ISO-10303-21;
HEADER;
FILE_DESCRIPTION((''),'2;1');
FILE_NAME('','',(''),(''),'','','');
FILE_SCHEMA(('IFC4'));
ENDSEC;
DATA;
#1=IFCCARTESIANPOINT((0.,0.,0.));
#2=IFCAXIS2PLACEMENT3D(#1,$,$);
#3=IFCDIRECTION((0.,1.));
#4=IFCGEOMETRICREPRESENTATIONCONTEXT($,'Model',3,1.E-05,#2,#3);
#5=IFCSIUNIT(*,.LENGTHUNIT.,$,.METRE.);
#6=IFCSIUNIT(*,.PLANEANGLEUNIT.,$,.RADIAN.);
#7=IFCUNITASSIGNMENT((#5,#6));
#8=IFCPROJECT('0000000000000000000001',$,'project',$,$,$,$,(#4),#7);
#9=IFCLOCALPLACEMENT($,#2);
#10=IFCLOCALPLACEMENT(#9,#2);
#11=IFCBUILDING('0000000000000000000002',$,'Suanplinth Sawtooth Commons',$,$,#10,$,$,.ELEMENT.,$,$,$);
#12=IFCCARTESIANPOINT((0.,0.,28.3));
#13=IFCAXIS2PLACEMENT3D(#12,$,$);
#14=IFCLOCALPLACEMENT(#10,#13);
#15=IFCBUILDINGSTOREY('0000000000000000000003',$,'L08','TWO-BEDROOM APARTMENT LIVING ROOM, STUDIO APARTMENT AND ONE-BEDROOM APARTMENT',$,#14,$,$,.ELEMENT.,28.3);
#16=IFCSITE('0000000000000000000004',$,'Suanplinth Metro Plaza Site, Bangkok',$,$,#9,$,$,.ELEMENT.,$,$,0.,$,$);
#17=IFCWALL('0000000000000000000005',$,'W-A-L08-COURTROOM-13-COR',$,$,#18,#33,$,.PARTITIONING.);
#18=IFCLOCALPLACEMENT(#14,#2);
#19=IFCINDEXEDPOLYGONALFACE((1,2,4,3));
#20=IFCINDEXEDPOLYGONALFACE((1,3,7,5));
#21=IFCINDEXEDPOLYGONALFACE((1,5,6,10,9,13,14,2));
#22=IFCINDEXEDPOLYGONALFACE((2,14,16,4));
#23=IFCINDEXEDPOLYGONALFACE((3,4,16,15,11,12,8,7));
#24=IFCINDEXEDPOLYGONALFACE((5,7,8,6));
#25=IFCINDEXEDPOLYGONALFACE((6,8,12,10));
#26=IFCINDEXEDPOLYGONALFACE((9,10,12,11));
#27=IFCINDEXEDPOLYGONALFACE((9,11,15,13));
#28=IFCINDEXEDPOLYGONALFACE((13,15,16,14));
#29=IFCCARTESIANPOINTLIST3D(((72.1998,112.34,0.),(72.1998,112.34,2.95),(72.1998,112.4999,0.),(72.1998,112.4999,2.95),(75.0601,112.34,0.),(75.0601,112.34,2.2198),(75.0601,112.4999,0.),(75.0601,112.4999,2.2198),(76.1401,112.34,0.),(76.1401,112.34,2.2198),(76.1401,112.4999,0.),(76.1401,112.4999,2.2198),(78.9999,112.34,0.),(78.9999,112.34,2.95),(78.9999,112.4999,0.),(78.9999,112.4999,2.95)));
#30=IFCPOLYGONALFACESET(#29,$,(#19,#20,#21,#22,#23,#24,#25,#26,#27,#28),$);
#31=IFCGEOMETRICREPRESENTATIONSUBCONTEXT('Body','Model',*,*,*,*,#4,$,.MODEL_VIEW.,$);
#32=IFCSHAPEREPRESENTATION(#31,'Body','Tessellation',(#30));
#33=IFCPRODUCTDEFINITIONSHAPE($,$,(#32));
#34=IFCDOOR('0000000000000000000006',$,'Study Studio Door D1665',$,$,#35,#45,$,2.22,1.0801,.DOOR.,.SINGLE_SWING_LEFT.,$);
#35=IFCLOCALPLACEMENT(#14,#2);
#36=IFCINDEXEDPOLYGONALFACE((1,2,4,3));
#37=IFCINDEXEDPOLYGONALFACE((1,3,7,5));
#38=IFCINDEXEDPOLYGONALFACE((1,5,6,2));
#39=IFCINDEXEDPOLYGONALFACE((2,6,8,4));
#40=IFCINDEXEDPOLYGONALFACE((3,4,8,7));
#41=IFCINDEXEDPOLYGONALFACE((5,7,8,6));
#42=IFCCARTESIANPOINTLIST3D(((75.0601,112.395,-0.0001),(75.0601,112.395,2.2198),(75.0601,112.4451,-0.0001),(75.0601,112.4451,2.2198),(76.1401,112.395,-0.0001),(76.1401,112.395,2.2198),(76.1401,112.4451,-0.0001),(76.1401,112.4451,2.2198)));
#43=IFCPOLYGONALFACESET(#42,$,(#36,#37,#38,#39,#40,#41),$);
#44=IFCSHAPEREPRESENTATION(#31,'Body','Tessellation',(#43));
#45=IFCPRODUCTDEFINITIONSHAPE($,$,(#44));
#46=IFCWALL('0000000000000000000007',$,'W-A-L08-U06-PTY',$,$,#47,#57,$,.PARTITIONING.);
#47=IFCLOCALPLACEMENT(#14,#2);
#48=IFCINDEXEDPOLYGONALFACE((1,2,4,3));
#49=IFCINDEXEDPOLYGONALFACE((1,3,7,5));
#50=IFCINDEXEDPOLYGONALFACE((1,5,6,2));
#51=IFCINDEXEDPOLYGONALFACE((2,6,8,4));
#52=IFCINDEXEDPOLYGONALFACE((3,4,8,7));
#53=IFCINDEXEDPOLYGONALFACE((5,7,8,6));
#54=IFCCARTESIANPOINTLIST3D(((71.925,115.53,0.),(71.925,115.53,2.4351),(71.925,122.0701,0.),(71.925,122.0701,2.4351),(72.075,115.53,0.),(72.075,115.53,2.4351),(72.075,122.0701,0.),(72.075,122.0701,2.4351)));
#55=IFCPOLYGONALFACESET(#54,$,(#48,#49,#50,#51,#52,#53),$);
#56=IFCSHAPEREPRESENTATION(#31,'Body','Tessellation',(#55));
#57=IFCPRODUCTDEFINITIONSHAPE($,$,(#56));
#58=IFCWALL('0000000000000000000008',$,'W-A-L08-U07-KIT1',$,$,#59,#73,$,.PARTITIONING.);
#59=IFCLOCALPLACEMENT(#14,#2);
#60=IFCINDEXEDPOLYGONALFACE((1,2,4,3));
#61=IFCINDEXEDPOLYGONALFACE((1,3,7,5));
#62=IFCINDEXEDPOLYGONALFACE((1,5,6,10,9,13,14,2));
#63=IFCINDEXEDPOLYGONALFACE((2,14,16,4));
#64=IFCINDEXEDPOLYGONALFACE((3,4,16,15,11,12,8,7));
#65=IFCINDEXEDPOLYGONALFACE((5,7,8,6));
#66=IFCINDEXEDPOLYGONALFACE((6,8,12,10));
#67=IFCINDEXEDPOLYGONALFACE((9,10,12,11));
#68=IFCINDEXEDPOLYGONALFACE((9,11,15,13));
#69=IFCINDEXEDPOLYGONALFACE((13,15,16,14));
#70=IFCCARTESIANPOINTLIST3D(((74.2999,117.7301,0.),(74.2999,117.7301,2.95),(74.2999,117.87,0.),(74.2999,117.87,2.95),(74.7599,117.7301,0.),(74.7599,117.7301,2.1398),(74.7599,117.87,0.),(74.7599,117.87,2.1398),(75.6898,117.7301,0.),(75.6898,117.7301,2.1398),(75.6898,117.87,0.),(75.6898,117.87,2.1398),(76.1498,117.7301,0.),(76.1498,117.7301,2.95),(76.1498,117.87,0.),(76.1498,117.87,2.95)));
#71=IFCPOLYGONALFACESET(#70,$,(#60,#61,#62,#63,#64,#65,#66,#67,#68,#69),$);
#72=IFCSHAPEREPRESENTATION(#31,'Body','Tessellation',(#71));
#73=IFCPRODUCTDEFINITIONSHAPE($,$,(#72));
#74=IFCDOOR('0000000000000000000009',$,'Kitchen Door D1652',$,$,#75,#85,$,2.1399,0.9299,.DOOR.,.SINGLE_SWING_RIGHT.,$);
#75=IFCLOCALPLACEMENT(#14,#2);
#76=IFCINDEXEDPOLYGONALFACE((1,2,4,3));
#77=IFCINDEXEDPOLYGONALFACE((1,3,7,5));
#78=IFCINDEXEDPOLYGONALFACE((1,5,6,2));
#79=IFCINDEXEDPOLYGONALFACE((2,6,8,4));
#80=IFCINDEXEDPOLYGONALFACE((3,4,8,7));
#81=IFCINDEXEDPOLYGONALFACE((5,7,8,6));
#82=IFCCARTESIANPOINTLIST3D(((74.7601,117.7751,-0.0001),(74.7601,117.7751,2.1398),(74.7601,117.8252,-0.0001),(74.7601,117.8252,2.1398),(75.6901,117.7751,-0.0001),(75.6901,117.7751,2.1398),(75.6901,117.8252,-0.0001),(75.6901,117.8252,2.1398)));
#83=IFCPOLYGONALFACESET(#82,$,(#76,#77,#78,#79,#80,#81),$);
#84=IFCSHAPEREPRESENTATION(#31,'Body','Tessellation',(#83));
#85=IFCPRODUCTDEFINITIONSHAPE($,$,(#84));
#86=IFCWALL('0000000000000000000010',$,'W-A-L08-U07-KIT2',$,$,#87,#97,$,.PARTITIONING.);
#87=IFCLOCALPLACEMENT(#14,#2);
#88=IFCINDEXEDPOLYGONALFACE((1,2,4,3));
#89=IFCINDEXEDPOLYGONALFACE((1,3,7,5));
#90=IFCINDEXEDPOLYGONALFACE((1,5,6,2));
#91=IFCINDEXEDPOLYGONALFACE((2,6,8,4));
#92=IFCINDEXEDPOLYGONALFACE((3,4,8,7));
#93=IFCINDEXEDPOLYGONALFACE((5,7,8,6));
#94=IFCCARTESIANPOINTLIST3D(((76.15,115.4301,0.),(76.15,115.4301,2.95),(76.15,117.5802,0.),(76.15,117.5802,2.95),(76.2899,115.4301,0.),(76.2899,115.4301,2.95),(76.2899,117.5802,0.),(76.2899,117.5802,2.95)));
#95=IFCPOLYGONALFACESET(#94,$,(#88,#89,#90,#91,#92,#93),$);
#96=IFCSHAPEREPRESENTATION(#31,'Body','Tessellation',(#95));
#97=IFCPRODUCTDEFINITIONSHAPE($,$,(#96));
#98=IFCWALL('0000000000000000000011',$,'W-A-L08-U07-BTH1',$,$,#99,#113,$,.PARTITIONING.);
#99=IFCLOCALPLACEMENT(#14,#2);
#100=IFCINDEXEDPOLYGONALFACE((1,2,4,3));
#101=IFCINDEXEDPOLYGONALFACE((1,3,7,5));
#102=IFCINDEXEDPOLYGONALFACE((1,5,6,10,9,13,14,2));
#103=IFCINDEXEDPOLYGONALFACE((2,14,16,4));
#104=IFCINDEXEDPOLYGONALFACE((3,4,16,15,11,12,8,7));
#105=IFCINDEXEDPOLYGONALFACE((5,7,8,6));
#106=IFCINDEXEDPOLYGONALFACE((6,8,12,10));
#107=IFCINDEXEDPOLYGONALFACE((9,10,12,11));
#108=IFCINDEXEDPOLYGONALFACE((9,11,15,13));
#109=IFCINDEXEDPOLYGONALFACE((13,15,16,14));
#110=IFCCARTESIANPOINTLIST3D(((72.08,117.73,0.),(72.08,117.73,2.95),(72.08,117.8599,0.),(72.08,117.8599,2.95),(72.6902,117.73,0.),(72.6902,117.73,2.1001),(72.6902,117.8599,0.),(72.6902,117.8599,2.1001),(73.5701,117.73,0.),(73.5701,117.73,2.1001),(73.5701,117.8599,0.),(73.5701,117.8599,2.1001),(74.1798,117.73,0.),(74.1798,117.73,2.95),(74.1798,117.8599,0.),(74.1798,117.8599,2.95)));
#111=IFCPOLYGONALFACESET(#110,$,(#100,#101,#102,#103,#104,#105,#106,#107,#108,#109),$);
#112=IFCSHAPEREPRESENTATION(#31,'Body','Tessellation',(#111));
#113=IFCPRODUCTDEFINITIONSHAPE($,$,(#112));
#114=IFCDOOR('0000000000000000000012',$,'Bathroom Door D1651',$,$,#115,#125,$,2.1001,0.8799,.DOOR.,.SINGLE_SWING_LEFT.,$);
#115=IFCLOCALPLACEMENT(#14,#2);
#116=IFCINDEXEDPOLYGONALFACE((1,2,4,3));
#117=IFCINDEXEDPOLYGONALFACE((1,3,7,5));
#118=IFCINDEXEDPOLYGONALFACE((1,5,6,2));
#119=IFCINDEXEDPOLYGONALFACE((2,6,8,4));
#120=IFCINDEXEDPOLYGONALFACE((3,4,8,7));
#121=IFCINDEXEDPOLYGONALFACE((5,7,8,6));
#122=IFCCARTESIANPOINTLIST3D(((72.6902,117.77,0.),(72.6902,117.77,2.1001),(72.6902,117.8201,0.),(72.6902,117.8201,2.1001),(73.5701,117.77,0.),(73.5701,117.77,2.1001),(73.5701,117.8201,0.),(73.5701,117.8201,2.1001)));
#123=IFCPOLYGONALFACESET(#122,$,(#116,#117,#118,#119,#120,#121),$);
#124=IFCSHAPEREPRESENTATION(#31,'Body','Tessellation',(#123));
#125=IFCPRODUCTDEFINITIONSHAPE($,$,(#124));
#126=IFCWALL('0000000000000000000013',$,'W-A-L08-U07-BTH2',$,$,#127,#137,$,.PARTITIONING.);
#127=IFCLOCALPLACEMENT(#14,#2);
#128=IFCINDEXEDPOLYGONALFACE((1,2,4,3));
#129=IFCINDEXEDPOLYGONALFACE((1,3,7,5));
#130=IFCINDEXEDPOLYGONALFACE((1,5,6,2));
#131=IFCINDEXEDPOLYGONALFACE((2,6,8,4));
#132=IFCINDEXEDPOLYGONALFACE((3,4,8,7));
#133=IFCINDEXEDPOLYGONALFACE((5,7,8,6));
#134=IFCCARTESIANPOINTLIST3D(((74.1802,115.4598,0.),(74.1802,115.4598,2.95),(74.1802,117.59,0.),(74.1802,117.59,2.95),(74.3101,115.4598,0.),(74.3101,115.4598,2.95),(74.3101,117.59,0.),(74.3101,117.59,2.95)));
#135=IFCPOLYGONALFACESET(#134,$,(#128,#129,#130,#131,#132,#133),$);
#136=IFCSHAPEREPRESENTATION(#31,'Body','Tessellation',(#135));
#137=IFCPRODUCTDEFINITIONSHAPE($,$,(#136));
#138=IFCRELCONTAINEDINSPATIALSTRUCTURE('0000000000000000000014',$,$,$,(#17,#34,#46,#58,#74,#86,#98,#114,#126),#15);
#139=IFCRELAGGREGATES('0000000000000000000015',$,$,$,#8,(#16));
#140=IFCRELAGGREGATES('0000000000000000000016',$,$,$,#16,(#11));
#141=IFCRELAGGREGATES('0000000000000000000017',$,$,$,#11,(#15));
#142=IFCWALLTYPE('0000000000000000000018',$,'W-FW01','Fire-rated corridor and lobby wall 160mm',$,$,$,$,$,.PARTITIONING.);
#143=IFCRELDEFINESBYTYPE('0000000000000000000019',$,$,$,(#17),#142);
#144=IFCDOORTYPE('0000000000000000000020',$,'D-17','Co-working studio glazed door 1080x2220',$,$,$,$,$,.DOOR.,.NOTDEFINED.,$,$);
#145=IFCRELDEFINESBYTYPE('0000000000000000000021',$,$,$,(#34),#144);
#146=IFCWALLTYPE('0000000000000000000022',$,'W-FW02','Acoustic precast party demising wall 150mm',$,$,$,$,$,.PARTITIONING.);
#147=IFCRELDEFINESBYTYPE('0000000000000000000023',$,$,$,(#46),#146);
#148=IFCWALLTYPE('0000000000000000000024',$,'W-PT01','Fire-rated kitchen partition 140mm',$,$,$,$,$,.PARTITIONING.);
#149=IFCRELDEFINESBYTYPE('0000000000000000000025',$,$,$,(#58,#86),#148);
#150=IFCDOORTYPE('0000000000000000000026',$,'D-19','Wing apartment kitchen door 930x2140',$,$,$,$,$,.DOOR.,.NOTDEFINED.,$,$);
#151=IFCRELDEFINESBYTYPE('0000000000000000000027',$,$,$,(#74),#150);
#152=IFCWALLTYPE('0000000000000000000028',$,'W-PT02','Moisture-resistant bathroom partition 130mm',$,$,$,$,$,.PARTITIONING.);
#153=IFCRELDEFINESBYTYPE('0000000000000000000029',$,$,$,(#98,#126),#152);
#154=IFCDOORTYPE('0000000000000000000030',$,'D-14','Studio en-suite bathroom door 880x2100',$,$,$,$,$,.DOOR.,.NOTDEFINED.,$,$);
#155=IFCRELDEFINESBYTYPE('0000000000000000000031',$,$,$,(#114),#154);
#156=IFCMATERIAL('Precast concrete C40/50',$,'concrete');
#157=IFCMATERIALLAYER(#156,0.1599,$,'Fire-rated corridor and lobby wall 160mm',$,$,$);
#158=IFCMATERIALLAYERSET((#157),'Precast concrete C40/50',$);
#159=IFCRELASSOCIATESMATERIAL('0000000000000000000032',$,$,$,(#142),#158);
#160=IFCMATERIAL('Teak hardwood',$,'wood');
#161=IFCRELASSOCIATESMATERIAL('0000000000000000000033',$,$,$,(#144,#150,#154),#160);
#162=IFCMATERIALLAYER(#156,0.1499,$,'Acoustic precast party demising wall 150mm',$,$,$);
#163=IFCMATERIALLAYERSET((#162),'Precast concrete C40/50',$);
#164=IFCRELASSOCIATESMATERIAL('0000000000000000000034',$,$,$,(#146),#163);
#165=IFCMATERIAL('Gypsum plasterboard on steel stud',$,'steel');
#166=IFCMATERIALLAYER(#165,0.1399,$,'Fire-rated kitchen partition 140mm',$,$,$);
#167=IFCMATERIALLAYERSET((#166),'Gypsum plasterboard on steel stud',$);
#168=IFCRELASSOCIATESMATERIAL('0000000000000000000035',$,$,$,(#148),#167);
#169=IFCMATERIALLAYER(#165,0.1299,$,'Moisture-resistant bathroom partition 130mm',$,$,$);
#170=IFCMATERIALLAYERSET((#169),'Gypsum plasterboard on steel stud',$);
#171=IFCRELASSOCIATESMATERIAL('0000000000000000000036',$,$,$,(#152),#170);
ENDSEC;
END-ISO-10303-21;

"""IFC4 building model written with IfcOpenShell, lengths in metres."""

from ifc_helpers import new_model, si_unit, direction, frame, frame_2d, origin, place, context, subcontext, project, spatial, rectangle, extrude, material, layer, layer_set, type_object, element, fill, save


model = new_model("IFC4")

# Units and contexts
model_context = context("Model", 3, precision=1e-05, world=origin(), true_north=direction((0.0, 1.0)))
body_context = subcontext(model_context, "Body", "Model", "MODEL_VIEW")
ifc_project = project(units=[si_unit("LENGTHUNIT", "METRE"), si_unit("PLANEANGLEUNIT", "RADIAN")], contexts=[model_context])

# Site, building, storey
site_placement = place(None, origin())
site = spatial("IfcSite", under=ifc_project, at=site_placement, Name="Suanplinth Metro Plaza Site, Bangkok", CompositionType="ELEMENT", RefElevation=0.0)
building_placement = place(site_placement, origin())
building = spatial("IfcBuilding", under=site, at=building_placement, Name="Suanplinth Sawtooth Commons", CompositionType="ELEMENT")
storey_placement = place(building_placement, frame((0.0, 0.0, 28.3)))
storey = spatial("IfcBuildingStorey", under=building, at=storey_placement, Name="L08", Description="TWO-BEDROOM APARTMENT LIVING ROOM, STUDIO APARTMENT AND ONE-BEDROOM APARTMENT", CompositionType="ELEMENT", Elevation=28.3)

# Shared definitions
ifc_material_1 = material(Name="Precast concrete C40/50", Category="concrete")

# Wall, opening, door
ifc_layer_1 = layer(ifc_material_1, 0.1599, Name="Fire-rated corridor and lobby wall 160mm")
ifc_layer_set_1 = layer_set([ifc_layer_1], Name="Precast concrete C40/50")
wall_type_1 = type_object("IfcWallType", Name="W-FW01", Description="Fire-rated corridor and lobby wall 160mm", PredefinedType="PARTITIONING", material=ifc_layer_set_1)
wall_1_placement = place(storey_placement, frame((72.2, 112.4199, 0.0), z_axis=(0.0, 0.0, 1.0), x_axis=(1.0, 0.0, 0.0)))
wall_1 = element("IfcWall", 1, at=wall_1_placement, inside=storey, type_object=wall_type_1, Name="W-A-L08-COURTROOM-13-COR", PredefinedType="PARTITIONING", context=body_context, shape_type="SweptSolid", body=[
    extrude(rectangle(XDim=6.8, YDim=0.1599, at=frame_2d((3.3999, 0.0))), origin(), (0.0, 0.0, 1.0), 2.95),
])
opening_1_placement = place(wall_1_placement, frame((2.8601, 0.0, 0.0)))
opening_1 = element("IfcOpeningElement", 2, at=opening_1_placement, cuts=wall_1, PredefinedType="OPENING", context=body_context, shape_type="SweptSolid", body=[
    extrude(rectangle(XDim=1.0801, YDim=2.22, at=frame_2d((0.54, 1.1099))), frame((0.0, 0.0947, 0.0), z_axis=(0.0, -1.0, 0.0), x_axis=(1.0, 0.0, 0.0)), (0.0, 0.0, 1.0), 0.1897),
])
ifc_material_2 = material(Name="Teak hardwood", Category="wood")
door_type_1 = type_object("IfcDoorType", Name="D-17", Description="Co-working studio glazed door 1080x2220", OperationType="NOTDEFINED", PredefinedType="DOOR", material=ifc_material_2)
door_1_placement = place(opening_1_placement, frame((1.0801, 0.0, 0.0), z_axis=(0.0, 0.0, 1.0), x_axis=(-1.0, 0.0, 0.0)))
door_1 = element("IfcDoor", 3, at=door_1_placement, inside=storey, type_object=door_type_1, Name="Study Studio Door D1665", OperationType="SINGLE_SWING_LEFT", OverallHeight=2.22, OverallWidth=1.0801, PredefinedType="DOOR", context=body_context, shape_type="SweptSolid", body=[
    extrude(rectangle(XDim=1.0801, YDim=2.22, at=frame_2d((0.54, 1.1099))), frame((0.0, 0.0249, 0.0), z_axis=(0.0, -1.0, 0.0), x_axis=(1.0, 0.0, 0.0)), (0.0, 0.0, 1.0), 0.05),
])
fill(opening_1, door_1)

# Wall
ifc_layer_2 = layer(ifc_material_1, 0.1499, Name="Acoustic precast party demising wall 150mm")
ifc_layer_set_2 = layer_set([ifc_layer_2], Name="Precast concrete C40/50")
wall_type_2 = type_object("IfcWallType", Name="W-FW02", Description="Acoustic precast party demising wall 150mm", PredefinedType="PARTITIONING", material=ifc_layer_set_2)
wall_2_placement = place(storey_placement, frame((72.0, 115.53, 0.0), z_axis=(0.0, 0.0, 1.0), x_axis=(0.0, 1.0, 0.0)))
element("IfcWall", 4, at=wall_2_placement, inside=storey, type_object=wall_type_2, Name="W-A-L08-U06-PTY", PredefinedType="PARTITIONING", context=body_context, shape_type="SweptSolid", body=[
    extrude(rectangle(XDim=6.54, YDim=0.1499, at=frame_2d((3.27, 0.0))), origin(), (0.0, 0.0, 1.0), 2.4351),
])

# Wall, opening, door
ifc_material_3 = material(Name="Gypsum plasterboard on steel stud", Category="steel")
ifc_layer_3 = layer(ifc_material_3, 0.1399, Name="Fire-rated kitchen partition 140mm")
ifc_layer_set_3 = layer_set([ifc_layer_3], Name="Gypsum plasterboard on steel stud")
wall_type_3 = type_object("IfcWallType", Name="W-PT01", Description="Fire-rated kitchen partition 140mm", PredefinedType="PARTITIONING", material=ifc_layer_set_3)
wall_3_placement = place(storey_placement, frame((74.3, 117.8, 0.0), z_axis=(0.0, 0.0, 1.0), x_axis=(1.0, 0.0, 0.0)))
wall_3 = element("IfcWall", 5, at=wall_3_placement, inside=storey, type_object=wall_type_3, Name="W-A-L08-U07-KIT1", PredefinedType="PARTITIONING", context=body_context, shape_type="SweptSolid", body=[
    extrude(rectangle(XDim=1.8499, YDim=0.1399, at=frame_2d((0.9248, 0.0))), origin(), (0.0, 0.0, 1.0), 2.95),
])
opening_2_placement = place(wall_3_placement, frame((0.46, 0.0, 0.0)))
opening_2 = element("IfcOpeningElement", 6, at=opening_2_placement, cuts=wall_3, PredefinedType="OPENING", context=body_context, shape_type="SweptSolid", body=[
    extrude(rectangle(XDim=0.9299, YDim=2.1399, at=frame_2d((0.4648, 1.0698))), frame((0.0, 0.085, 0.0), z_axis=(0.0, -1.0, 0.0), x_axis=(1.0, 0.0, 0.0)), (0.0, 0.0, 1.0), 0.1697),
])
door_type_2 = type_object("IfcDoorType", Name="D-19", Description="Wing apartment kitchen door 930x2140", OperationType="NOTDEFINED", PredefinedType="DOOR", material=ifc_material_2)
door_2_placement = place(opening_2_placement, frame((0.9299, 0.0, 0.0), z_axis=(0.0, 0.0, 1.0), x_axis=(-1.0, 0.0, 0.0)))
door_2 = element("IfcDoor", 7, at=door_2_placement, inside=storey, type_object=door_type_2, Name="Kitchen Door D1652", OperationType="SINGLE_SWING_RIGHT", OverallHeight=2.1399, OverallWidth=0.9299, PredefinedType="DOOR", context=body_context, shape_type="SweptSolid", body=[
    extrude(rectangle(XDim=0.9299, YDim=2.1399, at=frame_2d((0.4648, 1.0698))), frame((0.0, 0.0249, 0.0), z_axis=(0.0, -1.0, 0.0), x_axis=(1.0, 0.0, 0.0)), (0.0, 0.0, 1.0), 0.05),
])
fill(opening_2, door_2)

# Wall
wall_4_placement = place(storey_placement, frame((76.22, 115.4299, 0.0), z_axis=(0.0, 0.0, 1.0), x_axis=(0.0, 1.0, 0.0)))
element("IfcWall", 8, at=wall_4_placement, inside=storey, type_object=wall_type_3, Name="W-A-L08-U07-KIT2", PredefinedType="PARTITIONING", context=body_context, shape_type="SweptSolid", body=[
    extrude(rectangle(XDim=2.1501, YDim=0.1399, at=frame_2d((1.0752, 0.0))), origin(), (0.0, 0.0, 1.0), 2.95),
])

# Wall, opening, door
ifc_layer_4 = layer(ifc_material_3, 0.1299, Name="Moisture-resistant bathroom partition 130mm")
ifc_layer_set_4 = layer_set([ifc_layer_4], Name="Gypsum plasterboard on steel stud")
wall_type_4 = type_object("IfcWallType", Name="W-PT02", Description="Moisture-resistant bathroom partition 130mm", PredefinedType="PARTITIONING", material=ifc_layer_set_4)
wall_5_placement = place(storey_placement, frame((72.0801, 117.7949, 0.0), z_axis=(0.0, 0.0, 1.0), x_axis=(1.0, 0.0, 0.0)))
wall_5 = element("IfcWall", 9, at=wall_5_placement, inside=storey, type_object=wall_type_4, Name="W-A-L08-U07-BTH1", PredefinedType="PARTITIONING", context=body_context, shape_type="SweptSolid", body=[
    extrude(rectangle(XDim=2.0999, YDim=0.1299, at=frame_2d((1.0498, 0.0))), origin(), (0.0, 0.0, 1.0), 2.95),
])
opening_3_placement = place(wall_5_placement, frame((0.6101, 0.0, 0.0)))
opening_3 = element("IfcOpeningElement", 10, at=opening_3_placement, cuts=wall_5, PredefinedType="OPENING", context=body_context, shape_type="SweptSolid", body=[
    extrude(rectangle(XDim=0.8799, YDim=2.1001, at=frame_2d((0.4399, 1.05))), frame((0.0, 0.0798, 0.0), z_axis=(0.0, -1.0, 0.0), x_axis=(1.0, 0.0, 0.0)), (0.0, 0.0, 1.0), 0.1597),
])
door_type_3 = type_object("IfcDoorType", Name="D-14", Description="Studio en-suite bathroom door 880x2100", OperationType="NOTDEFINED", PredefinedType="DOOR", material=ifc_material_2)
door_3_placement = place(opening_3_placement, frame((0.8799, 0.0, 0.0), z_axis=(0.0, 0.0, 1.0), x_axis=(-1.0, 0.0, 0.0)))
door_3 = element("IfcDoor", 11, at=door_3_placement, inside=storey, type_object=door_type_3, Name="Bathroom Door D1651", OperationType="SINGLE_SWING_LEFT", OverallHeight=2.1001, OverallWidth=0.8799, PredefinedType="DOOR", context=body_context, shape_type="SweptSolid", body=[
    extrude(rectangle(XDim=0.8799, YDim=2.1001, at=frame_2d((0.4399, 1.05))), frame((0.0, 0.0249, 0.0), z_axis=(0.0, -1.0, 0.0), x_axis=(1.0, 0.0, 0.0)), (0.0, 0.0, 1.0), 0.05),
])
fill(opening_3, door_3)

# Wall
wall_6_placement = place(storey_placement, frame((74.2451, 115.46, 0.0), z_axis=(0.0, 0.0, 1.0), x_axis=(0.0, 1.0, 0.0)))
element("IfcWall", 12, at=wall_6_placement, inside=storey, type_object=wall_type_4, Name="W-A-L08-U07-BTH2", PredefinedType="PARTITIONING", context=body_context, shape_type="SweptSolid", body=[
    extrude(rectangle(XDim=2.1301, YDim=0.1299, at=frame_2d((1.0649, 0.0))), origin(), (0.0, 0.0, 1.0), 2.95),
])

save(model, "model.ifc")
